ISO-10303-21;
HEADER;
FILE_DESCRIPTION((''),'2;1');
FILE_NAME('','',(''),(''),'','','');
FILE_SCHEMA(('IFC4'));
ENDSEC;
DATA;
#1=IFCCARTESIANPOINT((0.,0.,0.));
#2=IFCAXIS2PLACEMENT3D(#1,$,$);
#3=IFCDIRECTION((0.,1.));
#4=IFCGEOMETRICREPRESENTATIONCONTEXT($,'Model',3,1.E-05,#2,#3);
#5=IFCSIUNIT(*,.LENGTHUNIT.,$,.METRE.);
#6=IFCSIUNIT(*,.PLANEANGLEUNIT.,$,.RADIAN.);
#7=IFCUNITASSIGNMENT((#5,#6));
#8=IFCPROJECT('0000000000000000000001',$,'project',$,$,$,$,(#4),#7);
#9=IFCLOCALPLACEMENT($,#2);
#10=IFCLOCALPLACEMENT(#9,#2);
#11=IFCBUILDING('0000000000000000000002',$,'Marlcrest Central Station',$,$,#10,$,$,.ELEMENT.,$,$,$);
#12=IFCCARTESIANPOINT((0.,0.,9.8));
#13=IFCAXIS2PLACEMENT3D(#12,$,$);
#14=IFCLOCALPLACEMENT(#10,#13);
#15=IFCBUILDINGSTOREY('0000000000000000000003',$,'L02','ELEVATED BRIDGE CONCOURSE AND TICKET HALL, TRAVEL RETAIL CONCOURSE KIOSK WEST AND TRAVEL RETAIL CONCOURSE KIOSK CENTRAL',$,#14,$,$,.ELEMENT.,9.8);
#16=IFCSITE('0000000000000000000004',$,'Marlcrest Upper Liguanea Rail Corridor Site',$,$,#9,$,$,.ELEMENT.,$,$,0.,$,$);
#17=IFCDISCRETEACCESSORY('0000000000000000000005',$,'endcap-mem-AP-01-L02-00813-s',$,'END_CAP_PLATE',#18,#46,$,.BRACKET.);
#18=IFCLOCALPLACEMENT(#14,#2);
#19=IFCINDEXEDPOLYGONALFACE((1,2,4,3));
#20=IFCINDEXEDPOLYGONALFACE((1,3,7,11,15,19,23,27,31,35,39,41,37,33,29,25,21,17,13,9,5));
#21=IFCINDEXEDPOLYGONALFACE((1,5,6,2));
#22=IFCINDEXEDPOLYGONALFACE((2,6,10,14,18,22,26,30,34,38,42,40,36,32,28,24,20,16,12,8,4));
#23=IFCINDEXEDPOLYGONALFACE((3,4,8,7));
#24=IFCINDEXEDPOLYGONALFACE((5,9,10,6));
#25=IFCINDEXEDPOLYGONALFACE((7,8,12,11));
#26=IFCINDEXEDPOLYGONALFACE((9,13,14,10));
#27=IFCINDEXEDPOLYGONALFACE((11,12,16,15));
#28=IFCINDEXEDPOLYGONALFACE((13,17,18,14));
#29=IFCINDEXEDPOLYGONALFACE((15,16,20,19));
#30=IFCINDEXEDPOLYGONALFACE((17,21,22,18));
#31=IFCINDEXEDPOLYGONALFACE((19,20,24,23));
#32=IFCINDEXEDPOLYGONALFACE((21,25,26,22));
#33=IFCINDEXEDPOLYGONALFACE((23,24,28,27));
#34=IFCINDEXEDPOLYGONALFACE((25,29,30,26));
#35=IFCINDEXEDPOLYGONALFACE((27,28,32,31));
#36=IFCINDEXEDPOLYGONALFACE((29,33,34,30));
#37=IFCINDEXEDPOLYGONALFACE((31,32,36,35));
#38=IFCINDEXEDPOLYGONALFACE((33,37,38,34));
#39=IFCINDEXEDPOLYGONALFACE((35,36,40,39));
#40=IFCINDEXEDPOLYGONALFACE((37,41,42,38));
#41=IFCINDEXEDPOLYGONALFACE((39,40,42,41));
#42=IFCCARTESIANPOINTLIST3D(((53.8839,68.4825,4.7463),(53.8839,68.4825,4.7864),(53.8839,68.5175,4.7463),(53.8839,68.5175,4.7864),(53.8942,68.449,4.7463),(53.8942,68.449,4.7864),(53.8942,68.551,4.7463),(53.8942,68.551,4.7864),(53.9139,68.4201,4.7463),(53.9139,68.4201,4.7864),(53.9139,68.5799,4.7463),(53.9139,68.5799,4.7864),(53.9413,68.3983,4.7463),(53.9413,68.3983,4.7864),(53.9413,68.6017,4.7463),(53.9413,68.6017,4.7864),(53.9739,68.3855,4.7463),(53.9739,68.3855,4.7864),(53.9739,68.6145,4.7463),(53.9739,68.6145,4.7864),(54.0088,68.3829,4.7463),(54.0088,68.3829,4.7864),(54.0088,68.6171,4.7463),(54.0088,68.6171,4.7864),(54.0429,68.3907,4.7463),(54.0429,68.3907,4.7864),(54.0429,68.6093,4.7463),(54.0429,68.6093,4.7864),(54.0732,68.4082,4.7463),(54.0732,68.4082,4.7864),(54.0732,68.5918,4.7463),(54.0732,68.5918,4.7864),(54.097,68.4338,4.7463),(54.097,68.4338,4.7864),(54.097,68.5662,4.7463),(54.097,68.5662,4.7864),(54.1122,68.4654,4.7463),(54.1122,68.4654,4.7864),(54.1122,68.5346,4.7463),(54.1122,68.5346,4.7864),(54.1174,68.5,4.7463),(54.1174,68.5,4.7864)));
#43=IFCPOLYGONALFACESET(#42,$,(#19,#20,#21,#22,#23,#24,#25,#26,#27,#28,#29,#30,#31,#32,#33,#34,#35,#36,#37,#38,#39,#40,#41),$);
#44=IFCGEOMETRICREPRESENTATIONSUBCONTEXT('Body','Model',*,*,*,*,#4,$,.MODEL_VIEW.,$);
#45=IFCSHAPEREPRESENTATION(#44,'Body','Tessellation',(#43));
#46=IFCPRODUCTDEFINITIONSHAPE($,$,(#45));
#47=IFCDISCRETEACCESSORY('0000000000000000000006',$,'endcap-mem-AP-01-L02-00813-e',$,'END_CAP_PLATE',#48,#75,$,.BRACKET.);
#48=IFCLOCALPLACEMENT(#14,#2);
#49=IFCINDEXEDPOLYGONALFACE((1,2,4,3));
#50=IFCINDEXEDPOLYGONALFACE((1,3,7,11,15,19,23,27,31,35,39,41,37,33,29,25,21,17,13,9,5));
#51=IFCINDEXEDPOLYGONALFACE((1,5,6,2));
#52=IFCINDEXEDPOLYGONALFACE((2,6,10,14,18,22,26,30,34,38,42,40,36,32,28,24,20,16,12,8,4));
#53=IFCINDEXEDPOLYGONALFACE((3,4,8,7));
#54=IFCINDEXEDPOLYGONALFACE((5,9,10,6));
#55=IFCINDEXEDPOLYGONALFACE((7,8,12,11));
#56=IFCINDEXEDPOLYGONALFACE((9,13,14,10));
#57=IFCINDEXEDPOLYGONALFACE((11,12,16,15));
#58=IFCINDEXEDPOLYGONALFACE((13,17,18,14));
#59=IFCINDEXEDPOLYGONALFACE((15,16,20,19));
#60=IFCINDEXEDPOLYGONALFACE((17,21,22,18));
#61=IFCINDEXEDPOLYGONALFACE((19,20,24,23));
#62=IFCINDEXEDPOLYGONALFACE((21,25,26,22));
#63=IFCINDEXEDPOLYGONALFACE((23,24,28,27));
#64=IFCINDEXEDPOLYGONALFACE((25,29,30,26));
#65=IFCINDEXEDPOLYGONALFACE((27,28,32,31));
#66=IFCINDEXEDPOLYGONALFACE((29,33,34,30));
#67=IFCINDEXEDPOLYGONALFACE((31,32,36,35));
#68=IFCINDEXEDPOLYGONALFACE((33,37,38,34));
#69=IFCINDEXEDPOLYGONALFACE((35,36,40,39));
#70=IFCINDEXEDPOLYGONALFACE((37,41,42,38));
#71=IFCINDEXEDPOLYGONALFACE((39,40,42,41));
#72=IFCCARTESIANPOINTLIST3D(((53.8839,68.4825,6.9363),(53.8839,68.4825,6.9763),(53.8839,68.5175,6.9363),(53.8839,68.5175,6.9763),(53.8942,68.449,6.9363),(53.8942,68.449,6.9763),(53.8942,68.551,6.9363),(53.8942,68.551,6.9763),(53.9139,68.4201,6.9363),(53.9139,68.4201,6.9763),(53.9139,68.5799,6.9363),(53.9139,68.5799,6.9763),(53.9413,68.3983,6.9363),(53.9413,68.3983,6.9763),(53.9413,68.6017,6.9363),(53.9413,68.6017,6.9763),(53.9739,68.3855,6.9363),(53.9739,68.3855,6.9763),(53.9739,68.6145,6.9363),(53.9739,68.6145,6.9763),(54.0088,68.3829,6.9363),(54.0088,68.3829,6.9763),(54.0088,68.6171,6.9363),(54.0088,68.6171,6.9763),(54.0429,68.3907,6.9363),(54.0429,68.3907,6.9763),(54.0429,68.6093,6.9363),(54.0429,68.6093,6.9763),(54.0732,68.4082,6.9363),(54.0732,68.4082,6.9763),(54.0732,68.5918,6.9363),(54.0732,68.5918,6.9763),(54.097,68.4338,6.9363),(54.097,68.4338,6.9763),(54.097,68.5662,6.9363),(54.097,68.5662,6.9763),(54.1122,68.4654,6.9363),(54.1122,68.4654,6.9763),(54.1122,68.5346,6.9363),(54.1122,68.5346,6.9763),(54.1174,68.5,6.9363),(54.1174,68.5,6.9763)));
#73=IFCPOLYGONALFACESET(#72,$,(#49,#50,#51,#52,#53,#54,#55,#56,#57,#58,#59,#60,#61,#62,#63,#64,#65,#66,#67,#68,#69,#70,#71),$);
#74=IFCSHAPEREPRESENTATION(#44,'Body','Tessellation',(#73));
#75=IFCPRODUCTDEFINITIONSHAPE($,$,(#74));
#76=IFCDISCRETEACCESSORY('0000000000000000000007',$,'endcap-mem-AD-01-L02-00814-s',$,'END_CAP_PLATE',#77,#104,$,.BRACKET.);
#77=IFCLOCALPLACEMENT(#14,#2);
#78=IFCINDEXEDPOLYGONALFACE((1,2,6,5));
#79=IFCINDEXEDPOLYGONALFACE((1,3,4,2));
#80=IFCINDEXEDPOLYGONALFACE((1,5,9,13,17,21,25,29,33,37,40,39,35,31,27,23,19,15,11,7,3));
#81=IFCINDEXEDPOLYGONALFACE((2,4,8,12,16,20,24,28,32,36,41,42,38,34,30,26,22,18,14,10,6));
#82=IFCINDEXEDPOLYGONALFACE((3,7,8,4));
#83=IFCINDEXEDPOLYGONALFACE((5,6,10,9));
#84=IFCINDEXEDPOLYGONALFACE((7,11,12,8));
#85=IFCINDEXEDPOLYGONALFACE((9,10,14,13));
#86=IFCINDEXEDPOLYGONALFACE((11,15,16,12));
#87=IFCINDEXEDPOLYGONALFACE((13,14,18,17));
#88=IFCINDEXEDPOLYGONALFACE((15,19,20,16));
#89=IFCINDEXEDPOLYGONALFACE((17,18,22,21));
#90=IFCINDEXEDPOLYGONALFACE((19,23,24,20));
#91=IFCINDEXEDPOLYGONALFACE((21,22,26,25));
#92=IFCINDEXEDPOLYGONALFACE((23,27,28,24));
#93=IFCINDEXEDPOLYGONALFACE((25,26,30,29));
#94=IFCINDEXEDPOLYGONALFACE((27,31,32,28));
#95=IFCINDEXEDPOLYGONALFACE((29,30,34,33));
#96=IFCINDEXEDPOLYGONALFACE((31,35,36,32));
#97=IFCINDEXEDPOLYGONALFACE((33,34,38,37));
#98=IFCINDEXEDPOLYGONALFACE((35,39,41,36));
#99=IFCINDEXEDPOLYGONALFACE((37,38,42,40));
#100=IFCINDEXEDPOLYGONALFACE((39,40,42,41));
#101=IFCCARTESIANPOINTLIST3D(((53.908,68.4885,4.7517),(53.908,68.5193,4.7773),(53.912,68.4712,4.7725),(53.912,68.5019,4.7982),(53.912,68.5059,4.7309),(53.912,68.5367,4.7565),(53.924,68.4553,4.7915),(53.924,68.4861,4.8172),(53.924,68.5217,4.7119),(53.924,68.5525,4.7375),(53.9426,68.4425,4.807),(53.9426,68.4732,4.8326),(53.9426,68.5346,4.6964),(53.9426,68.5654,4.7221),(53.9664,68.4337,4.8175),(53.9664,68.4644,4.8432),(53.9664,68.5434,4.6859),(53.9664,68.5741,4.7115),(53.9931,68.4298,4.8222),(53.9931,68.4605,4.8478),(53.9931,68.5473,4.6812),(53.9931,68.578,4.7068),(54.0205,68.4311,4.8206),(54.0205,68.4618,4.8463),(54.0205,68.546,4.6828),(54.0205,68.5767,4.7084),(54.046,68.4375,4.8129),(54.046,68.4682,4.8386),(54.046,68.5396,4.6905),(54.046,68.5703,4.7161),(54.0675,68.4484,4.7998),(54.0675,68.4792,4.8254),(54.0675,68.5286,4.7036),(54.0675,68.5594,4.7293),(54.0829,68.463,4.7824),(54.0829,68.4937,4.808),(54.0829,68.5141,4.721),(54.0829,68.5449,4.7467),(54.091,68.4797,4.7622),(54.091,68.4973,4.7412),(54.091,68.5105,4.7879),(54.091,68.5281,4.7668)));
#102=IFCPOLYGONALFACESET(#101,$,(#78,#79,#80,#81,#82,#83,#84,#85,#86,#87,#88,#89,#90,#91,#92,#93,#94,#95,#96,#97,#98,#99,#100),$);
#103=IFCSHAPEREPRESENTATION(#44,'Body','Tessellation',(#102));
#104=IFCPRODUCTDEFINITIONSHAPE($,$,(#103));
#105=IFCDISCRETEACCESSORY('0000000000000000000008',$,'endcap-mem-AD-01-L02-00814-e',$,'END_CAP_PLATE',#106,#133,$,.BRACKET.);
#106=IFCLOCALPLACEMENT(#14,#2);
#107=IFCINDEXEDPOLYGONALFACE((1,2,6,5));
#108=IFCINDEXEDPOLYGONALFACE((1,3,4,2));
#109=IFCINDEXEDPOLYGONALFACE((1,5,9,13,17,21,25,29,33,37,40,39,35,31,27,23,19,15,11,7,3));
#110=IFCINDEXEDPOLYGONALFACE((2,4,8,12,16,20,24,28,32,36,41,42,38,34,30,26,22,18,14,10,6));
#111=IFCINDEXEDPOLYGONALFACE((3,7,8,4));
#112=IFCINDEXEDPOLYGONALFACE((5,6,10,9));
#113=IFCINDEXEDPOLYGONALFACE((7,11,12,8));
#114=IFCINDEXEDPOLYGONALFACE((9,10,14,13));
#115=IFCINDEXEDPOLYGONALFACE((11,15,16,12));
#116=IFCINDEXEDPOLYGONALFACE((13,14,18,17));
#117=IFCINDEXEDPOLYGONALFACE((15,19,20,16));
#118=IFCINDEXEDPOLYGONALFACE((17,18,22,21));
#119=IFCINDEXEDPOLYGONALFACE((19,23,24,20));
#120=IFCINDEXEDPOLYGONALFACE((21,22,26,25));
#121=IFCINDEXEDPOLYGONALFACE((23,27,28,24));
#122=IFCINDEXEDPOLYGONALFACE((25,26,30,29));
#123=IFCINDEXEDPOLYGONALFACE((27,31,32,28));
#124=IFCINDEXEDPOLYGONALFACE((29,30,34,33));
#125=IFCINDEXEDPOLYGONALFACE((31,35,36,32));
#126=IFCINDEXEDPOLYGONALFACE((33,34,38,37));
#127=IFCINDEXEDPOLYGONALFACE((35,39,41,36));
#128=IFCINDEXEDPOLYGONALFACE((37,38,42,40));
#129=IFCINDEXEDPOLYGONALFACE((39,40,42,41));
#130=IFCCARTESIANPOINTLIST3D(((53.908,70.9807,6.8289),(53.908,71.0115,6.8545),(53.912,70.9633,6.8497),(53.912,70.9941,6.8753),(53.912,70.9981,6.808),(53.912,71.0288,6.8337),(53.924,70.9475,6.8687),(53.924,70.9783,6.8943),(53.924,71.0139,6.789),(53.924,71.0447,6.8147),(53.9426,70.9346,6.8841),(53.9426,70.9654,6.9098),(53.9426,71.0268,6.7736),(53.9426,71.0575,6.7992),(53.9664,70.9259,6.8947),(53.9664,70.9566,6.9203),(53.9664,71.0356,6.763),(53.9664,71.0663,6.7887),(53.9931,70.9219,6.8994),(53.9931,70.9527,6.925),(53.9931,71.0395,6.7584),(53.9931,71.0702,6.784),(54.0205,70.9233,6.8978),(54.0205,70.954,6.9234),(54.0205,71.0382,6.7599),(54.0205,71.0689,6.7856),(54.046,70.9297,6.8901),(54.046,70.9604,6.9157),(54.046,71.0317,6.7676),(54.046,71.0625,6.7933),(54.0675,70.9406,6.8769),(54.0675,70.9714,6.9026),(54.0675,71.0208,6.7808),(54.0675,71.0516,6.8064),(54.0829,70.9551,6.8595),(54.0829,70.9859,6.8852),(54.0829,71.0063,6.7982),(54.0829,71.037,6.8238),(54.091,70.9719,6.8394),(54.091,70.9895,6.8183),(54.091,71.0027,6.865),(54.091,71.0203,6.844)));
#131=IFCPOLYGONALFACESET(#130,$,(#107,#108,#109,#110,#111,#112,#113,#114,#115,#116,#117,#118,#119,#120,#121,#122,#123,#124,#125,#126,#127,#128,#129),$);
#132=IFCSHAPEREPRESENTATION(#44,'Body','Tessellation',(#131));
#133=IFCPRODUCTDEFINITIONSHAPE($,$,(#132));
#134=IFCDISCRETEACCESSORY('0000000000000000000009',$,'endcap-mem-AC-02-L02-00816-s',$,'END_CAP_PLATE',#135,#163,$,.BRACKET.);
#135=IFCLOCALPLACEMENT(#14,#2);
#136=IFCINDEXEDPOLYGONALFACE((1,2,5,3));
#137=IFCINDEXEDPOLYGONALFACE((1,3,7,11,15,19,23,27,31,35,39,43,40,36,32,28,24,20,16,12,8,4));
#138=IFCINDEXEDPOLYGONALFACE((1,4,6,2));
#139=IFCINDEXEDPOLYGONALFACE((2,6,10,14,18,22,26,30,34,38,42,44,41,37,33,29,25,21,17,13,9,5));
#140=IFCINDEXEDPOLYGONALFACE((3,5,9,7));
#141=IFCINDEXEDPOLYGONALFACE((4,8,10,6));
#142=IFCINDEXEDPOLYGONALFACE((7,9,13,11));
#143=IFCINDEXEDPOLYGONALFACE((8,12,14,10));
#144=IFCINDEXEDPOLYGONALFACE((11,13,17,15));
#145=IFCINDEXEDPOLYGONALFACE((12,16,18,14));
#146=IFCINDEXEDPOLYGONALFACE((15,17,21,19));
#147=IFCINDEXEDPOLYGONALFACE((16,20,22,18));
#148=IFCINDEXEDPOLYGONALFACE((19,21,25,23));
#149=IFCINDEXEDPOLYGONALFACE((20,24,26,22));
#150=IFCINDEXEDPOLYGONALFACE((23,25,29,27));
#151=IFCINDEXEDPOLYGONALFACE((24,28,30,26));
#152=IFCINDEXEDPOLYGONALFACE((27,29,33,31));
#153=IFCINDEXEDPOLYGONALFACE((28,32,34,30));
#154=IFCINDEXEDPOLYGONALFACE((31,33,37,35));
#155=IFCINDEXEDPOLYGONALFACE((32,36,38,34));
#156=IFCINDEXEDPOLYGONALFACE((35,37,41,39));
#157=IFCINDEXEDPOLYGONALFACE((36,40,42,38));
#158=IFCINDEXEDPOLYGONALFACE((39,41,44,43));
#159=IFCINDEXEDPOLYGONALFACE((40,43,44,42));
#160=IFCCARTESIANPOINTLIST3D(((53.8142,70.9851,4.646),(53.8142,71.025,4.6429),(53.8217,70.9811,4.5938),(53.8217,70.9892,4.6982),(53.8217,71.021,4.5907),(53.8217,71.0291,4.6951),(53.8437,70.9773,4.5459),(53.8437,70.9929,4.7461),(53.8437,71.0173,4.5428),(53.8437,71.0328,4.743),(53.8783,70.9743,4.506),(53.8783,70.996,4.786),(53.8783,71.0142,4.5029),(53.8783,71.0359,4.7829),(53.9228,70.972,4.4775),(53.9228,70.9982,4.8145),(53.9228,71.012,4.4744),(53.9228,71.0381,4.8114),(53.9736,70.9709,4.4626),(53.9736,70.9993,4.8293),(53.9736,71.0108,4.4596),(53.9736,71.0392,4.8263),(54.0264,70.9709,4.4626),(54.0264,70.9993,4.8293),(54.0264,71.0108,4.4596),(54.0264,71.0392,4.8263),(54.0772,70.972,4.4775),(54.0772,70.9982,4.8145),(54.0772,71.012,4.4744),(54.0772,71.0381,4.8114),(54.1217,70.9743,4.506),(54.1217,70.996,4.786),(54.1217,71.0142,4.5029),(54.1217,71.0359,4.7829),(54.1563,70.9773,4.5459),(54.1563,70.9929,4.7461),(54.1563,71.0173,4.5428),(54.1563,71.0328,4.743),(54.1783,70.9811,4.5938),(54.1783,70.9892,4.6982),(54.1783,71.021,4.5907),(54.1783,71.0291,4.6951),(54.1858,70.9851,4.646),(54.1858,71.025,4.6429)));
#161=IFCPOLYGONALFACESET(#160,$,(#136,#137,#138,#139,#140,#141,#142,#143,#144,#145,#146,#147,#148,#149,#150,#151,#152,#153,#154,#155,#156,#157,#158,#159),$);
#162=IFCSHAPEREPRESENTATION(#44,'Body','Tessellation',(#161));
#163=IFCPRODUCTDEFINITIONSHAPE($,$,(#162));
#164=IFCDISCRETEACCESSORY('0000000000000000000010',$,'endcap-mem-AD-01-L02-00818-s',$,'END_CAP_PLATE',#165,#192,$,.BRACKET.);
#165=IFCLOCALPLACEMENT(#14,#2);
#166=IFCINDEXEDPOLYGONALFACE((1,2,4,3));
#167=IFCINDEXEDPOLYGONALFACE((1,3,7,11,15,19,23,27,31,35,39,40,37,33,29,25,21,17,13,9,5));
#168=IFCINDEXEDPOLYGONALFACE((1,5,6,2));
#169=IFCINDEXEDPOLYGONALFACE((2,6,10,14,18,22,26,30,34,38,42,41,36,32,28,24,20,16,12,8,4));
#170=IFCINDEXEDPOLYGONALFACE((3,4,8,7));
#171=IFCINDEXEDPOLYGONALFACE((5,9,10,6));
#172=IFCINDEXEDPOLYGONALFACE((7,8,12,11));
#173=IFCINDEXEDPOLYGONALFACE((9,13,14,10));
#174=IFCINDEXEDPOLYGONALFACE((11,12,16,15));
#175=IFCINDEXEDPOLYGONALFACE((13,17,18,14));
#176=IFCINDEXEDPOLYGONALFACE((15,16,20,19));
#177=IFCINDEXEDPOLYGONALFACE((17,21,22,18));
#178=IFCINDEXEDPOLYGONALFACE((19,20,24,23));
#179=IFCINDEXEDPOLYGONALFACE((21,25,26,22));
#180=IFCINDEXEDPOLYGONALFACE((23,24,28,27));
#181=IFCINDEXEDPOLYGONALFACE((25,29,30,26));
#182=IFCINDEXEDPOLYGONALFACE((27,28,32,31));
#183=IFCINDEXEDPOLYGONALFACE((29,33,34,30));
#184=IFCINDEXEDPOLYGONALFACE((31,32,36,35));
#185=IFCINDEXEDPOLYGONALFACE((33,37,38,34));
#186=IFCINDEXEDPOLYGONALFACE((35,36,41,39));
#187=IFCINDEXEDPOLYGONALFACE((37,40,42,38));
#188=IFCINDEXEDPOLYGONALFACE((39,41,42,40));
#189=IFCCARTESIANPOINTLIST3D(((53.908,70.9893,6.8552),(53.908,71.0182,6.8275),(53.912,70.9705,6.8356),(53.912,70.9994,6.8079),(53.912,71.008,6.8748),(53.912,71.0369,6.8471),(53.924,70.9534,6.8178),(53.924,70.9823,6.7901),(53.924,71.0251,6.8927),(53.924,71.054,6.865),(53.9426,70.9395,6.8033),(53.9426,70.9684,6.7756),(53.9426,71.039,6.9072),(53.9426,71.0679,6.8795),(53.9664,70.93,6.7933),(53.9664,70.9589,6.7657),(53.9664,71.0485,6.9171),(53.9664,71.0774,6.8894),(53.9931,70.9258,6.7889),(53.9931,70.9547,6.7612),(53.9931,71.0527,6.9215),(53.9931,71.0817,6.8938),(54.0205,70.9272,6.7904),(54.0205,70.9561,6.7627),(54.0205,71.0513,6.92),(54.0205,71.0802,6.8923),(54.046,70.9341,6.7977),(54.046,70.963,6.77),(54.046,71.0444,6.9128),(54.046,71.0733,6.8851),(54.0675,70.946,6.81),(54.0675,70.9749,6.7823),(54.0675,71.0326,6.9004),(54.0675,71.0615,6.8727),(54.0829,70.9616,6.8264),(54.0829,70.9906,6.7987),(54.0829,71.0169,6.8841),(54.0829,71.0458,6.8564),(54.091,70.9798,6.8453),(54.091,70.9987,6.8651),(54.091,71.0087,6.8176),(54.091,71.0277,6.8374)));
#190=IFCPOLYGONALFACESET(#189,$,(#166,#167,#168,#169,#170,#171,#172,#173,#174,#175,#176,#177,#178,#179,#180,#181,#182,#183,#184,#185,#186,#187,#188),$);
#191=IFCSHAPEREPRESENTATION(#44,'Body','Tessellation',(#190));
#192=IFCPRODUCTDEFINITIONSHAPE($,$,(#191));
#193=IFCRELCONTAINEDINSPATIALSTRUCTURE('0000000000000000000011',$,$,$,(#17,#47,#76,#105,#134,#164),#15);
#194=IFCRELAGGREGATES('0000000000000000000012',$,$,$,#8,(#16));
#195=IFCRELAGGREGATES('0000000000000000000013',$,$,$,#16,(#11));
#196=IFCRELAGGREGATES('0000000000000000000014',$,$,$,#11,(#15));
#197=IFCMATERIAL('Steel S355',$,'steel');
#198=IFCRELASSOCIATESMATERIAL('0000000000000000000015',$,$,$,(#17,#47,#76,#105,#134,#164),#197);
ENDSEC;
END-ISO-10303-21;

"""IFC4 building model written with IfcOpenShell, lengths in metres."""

from ifc_helpers import new_model, si_unit, direction, frame, origin, origin_2d, place, context, subcontext, project, spatial, circle, extrude, material, element, save


model = new_model("IFC4")

# Units and contexts
model_context = context("Model", 3, precision=1e-05, world=origin(), true_north=direction((0.0, 1.0)))
body_context = subcontext(model_context, "Body", "Model", "MODEL_VIEW")
ifc_project = project(units=[si_unit("LENGTHUNIT", "METRE"), si_unit("PLANEANGLEUNIT", "RADIAN")], contexts=[model_context])

# Site, building, storey
site_placement = place(None, origin())
site = spatial("IfcSite", under=ifc_project, at=site_placement, Name="Marlcrest Upper Liguanea Rail Corridor Site", CompositionType="ELEMENT", RefElevation=0.0)
building_placement = place(site_placement, origin())
building = spatial("IfcBuilding", under=site, at=building_placement, Name="Marlcrest Central Station", CompositionType="ELEMENT")
storey_placement = place(building_placement, frame((0.0, 0.0, 9.8)))
storey = spatial("IfcBuildingStorey", under=building, at=storey_placement, Name="L02", Description="ELEVATED BRIDGE CONCOURSE AND TICKET HALL, TRAVEL RETAIL CONCOURSE KIOSK WEST AND TRAVEL RETAIL CONCOURSE KIOSK CENTRAL", CompositionType="ELEMENT", Elevation=9.8)

# Shared definitions
ifc_material = material(Name="Steel S355", Category="steel")

# Discrete accessories
for number, where, z_axis, x_axis, name in (
    (1, (54.0, 68.5, 4.7463), (0.0, 0.0, 1.0), (1.0, 0.0, 0.0), "endcap-mem-AP-01-L02-00813-s"),
    (2, (54.0, 68.5, 6.9363), (0.0, 0.0, 1.0), (1.0, 0.0, 0.0), "endcap-mem-AP-01-L02-00813-e"),
):
    element("IfcDiscreteAccessory", number, at=place(storey_placement, frame(where, z_axis=z_axis, x_axis=x_axis)), inside=storey, material=ifc_material, Name=name, ObjectType="END_CAP_PLATE", PredefinedType="BRACKET", context=body_context, shape_type="SweptSolid", body=[
        extrude(circle(Radius=0.1174, at=origin_2d()), origin(), (0.0, 0.0, 1.0), 0.04),
    ])
for number, where, z_axis, x_axis, name in (
    (3, (54.0, 68.4885, 4.7517), (0.0, 0.76816, 0.640258), (-1.0, 0.0, 0.0), "endcap-mem-AD-01-L02-00814-s"),
    (4, (54.0, 70.9807, 6.8289), (0.0, 0.76816, 0.640258), (-1.0, 0.0, 0.0), "endcap-mem-AD-01-L02-00814-e"),
):
    element("IfcDiscreteAccessory", number, at=place(storey_placement, frame(where, z_axis=z_axis, x_axis=x_axis)), inside=storey, material=ifc_material, Name=name, ObjectType="END_CAP_PLATE", PredefinedType="BRACKET", context=body_context, shape_type="SweptSolid", body=[
        extrude(circle(Radius=0.092, at=origin_2d()), origin(), (0.0, 0.0, 1.0), 0.04),
    ])
discrete_accessory_1_placement = place(storey_placement, frame((54.0, 70.9851, 4.646), z_axis=(0.0, 0.997007, -0.077307), x_axis=(-1.0, 0.0, 0.0)))
element("IfcDiscreteAccessory", 5, at=discrete_accessory_1_placement, inside=storey, material=ifc_material, Name="endcap-mem-AC-02-L02-00816-s", ObjectType="END_CAP_PLATE", PredefinedType="BRACKET", context=body_context, shape_type="SweptSolid", body=[
    extrude(circle(Radius=0.1858, at=origin_2d()), origin(), (0.0, 0.0, 1.0), 0.04),
])
discrete_accessory_2_placement = place(storey_placement, frame((54.0, 70.9893, 6.8552), z_axis=(0.0, 0.722247, -0.691636), x_axis=(-1.0, 0.0, 0.0)))
element("IfcDiscreteAccessory", 6, at=discrete_accessory_2_placement, inside=storey, material=ifc_material, Name="endcap-mem-AD-01-L02-00818-s", ObjectType="END_CAP_PLATE", PredefinedType="BRACKET", context=body_context, shape_type="SweptSolid", body=[
    extrude(circle(Radius=0.092, at=origin_2d()), origin(), (0.0, 0.0, 1.0), 0.04),
])

save(model, "model.ifc")
